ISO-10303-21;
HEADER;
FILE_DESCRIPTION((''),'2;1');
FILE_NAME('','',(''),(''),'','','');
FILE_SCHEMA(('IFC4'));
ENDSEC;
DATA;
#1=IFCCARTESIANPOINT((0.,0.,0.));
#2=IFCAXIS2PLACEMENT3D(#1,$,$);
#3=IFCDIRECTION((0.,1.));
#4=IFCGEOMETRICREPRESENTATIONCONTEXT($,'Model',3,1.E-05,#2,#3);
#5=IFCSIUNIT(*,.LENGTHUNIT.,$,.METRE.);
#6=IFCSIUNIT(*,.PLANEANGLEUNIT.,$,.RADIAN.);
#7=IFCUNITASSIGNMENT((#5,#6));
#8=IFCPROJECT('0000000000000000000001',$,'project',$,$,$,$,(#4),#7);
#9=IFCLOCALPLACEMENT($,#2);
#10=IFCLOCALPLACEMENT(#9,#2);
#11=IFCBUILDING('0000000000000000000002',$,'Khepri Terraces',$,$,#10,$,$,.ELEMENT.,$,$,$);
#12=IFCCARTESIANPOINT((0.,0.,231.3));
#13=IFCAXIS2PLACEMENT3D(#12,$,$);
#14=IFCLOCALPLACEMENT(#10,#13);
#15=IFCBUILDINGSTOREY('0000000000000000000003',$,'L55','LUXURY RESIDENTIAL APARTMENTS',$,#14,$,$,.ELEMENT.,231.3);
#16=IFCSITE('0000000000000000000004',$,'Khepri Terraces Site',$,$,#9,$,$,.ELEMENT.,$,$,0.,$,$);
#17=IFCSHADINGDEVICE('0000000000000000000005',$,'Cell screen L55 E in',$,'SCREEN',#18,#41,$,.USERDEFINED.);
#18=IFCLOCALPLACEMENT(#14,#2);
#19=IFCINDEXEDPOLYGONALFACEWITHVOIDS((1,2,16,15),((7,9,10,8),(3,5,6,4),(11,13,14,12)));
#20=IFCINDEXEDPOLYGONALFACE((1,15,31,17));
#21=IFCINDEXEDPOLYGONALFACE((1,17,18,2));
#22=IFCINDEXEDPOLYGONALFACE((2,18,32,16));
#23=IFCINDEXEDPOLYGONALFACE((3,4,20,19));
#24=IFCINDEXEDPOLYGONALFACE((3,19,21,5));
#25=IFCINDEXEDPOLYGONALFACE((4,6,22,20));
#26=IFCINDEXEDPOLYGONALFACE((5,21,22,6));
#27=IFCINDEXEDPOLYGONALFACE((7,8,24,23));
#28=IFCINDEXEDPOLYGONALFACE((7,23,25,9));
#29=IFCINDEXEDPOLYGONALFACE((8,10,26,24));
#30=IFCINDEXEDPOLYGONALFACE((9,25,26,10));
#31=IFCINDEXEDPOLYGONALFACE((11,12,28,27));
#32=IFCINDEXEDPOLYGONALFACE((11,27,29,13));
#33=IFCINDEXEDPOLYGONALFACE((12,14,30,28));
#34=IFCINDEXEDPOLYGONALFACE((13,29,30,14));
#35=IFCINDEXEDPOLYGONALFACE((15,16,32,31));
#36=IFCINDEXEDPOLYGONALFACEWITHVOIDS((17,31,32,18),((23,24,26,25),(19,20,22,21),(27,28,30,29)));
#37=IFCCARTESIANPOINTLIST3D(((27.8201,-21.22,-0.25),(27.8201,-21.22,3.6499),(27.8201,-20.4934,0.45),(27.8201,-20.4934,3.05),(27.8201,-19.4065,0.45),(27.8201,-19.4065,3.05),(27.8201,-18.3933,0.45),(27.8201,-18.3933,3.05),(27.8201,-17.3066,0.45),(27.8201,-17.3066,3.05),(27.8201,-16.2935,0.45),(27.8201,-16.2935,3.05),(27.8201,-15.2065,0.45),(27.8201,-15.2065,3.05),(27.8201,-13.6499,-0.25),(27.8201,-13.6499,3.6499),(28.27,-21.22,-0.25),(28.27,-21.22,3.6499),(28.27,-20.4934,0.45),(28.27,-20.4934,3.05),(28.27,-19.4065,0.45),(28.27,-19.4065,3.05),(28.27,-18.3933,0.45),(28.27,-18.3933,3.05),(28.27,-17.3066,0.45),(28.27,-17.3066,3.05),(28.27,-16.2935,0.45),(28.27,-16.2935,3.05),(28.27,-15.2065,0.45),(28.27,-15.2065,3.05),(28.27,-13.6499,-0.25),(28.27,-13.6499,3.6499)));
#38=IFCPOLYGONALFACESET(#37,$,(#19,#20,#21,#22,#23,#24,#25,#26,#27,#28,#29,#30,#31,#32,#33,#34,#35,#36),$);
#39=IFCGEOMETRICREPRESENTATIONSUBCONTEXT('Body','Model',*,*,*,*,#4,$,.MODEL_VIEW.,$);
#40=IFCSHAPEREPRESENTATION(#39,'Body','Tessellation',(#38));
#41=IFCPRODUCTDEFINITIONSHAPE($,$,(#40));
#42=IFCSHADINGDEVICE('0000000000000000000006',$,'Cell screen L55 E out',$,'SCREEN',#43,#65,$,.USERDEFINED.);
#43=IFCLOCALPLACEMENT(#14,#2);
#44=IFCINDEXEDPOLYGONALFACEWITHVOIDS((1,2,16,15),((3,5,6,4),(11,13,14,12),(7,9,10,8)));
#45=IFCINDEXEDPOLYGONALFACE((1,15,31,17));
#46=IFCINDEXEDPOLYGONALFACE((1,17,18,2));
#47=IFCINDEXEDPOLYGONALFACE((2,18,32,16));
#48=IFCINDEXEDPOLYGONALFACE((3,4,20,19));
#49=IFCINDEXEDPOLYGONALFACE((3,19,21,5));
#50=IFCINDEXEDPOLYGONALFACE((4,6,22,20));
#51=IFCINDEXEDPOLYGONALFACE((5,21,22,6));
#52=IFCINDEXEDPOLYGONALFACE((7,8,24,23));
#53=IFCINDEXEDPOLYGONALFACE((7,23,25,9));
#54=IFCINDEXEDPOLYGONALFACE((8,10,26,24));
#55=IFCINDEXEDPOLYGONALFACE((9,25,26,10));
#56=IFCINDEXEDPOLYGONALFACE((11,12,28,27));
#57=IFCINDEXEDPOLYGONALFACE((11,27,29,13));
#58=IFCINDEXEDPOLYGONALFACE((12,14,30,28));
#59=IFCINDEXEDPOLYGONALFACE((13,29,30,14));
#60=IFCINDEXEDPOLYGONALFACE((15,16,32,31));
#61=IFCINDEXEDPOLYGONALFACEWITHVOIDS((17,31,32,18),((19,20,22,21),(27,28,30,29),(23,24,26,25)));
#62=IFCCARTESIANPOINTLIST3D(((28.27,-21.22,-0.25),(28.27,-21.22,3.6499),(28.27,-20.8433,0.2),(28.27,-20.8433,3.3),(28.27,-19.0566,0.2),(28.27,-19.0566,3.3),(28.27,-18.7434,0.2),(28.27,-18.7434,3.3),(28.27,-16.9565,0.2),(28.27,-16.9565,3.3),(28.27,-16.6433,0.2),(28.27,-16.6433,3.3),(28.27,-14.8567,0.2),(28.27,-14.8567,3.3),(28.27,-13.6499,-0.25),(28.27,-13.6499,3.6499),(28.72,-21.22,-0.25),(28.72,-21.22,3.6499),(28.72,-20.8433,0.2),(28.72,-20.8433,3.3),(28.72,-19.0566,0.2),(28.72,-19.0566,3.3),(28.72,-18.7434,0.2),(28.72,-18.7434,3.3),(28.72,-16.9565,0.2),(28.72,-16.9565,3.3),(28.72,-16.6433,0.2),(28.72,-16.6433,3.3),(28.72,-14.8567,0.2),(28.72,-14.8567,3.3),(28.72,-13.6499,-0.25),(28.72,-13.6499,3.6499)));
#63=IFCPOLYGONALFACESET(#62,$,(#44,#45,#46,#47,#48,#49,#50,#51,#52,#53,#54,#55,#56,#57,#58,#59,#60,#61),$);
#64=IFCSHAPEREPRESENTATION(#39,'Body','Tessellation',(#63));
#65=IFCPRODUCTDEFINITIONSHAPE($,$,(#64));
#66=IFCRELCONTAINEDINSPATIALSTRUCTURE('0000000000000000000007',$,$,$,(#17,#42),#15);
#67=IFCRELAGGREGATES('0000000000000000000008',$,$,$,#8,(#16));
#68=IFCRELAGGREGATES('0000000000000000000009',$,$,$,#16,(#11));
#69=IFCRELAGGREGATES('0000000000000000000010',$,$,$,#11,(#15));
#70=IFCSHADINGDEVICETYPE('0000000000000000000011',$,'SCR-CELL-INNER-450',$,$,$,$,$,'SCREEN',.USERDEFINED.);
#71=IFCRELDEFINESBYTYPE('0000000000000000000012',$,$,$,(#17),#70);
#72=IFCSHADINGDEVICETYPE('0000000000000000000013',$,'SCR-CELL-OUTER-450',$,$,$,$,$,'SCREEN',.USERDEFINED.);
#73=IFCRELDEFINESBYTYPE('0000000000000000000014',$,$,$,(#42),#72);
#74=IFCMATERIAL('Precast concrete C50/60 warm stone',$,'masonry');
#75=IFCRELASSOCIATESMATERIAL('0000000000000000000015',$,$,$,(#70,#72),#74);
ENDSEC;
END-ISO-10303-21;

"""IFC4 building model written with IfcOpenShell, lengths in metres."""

from ifc_helpers import new_model, si_unit, direction, frame, origin, place, context, subcontext, project, spatial, polyline, outline, extrude, material, type_object, element, save


model = new_model("IFC4")

# Units and contexts
model_context = context("Model", 3, precision=1e-05, world=origin(), true_north=direction((0.0, 1.0)))
body_context = subcontext(model_context, "Body", "Model", "MODEL_VIEW")
ifc_project = project(units=[si_unit("LENGTHUNIT", "METRE"), si_unit("PLANEANGLEUNIT", "RADIAN")], contexts=[model_context])

# Site, building, storey
site_placement = place(None, origin())
site = spatial("IfcSite", under=ifc_project, at=site_placement, Name="Khepri Terraces Site", CompositionType="ELEMENT", RefElevation=0.0)
building_placement = place(site_placement, origin())
building = spatial("IfcBuilding", under=site, at=building_placement, Name="Khepri Terraces", CompositionType="ELEMENT")
storey_placement = place(building_placement, frame((0.0, 0.0, 231.3)))
storey = spatial("IfcBuildingStorey", under=building, at=storey_placement, Name="L55", Description="LUXURY RESIDENTIAL APARTMENTS", CompositionType="ELEMENT", Elevation=231.3)

# Shared definitions
ifc_material_1 = material(Name="Precast concrete C50/60 warm stone", Category="masonry")

# Shading devices
shading_device_type_1 = type_object("IfcShadingDeviceType", Name="SCR-CELL-INNER-450", ElementType="SCREEN", PredefinedType="USERDEFINED", material=ifc_material_1)
shading_device_1_placement = place(storey_placement, frame((27.8201, -21.22, -0.25), z_axis=(1.0, 0.0, 0.0), x_axis=(0.0, 1.0, 0.0)))
element("IfcShadingDevice", 1, at=shading_device_1_placement, inside=storey, type_object=shading_device_type_1, Name="Cell screen L55 E in", ObjectType="SCREEN", PredefinedType="USERDEFINED", context=body_context, shape_type="SweptSolid", body=[
    extrude(outline(polyline([(0.0, 0.0), (7.5701, 0.0), (7.5701, 3.8999), (0.0, 3.8999), (0.0, 0.0)]), holes=[polyline([(0.7266, 0.7), (1.8135, 0.7), (1.8135, 3.3), (0.7266, 3.3), (0.7266, 0.7)]), polyline([(2.8267, 0.7), (3.9133, 0.7), (3.9133, 3.3), (2.8267, 3.3), (2.8267, 0.7)]), polyline([(4.9265, 0.7), (6.0134, 0.7), (6.0134, 3.3), (4.9265, 3.3), (4.9265, 0.7)])]), origin(), (0.0, 0.0, 1.0), 0.45),
])
shading_device_type_2 = type_object("IfcShadingDeviceType", Name="SCR-CELL-OUTER-450", ElementType="SCREEN", PredefinedType="USERDEFINED", material=ifc_material_1)
shading_device_2_placement = place(storey_placement, frame((28.27, -21.22, -0.25), z_axis=(1.0, 0.0, 0.0), x_axis=(0.0, 1.0, 0.0)))
element("IfcShadingDevice", 2, at=shading_device_2_placement, inside=storey, type_object=shading_device_type_2, Name="Cell screen L55 E out", ObjectType="SCREEN", PredefinedType="USERDEFINED", context=body_context, shape_type="SweptSolid", body=[
    extrude(outline(polyline([(0.0, 0.0), (7.5701, 0.0), (7.5701, 3.8999), (0.0, 3.8999), (0.0, 0.0)]), holes=[polyline([(0.3767, 0.45), (2.1633, 0.45), (2.1633, 3.55), (0.3767, 3.55), (0.3767, 0.45)]), polyline([(2.4766, 0.45), (4.2634, 0.45), (4.2634, 3.55), (2.4766, 3.55), (2.4766, 0.45)]), polyline([(4.5767, 0.45), (6.3633, 0.45), (6.3633, 3.55), (4.5767, 3.55), (4.5767, 0.45)])]), origin(), (0.0, 0.0, 1.0), 0.45),
])

save(model, "model.ifc")
